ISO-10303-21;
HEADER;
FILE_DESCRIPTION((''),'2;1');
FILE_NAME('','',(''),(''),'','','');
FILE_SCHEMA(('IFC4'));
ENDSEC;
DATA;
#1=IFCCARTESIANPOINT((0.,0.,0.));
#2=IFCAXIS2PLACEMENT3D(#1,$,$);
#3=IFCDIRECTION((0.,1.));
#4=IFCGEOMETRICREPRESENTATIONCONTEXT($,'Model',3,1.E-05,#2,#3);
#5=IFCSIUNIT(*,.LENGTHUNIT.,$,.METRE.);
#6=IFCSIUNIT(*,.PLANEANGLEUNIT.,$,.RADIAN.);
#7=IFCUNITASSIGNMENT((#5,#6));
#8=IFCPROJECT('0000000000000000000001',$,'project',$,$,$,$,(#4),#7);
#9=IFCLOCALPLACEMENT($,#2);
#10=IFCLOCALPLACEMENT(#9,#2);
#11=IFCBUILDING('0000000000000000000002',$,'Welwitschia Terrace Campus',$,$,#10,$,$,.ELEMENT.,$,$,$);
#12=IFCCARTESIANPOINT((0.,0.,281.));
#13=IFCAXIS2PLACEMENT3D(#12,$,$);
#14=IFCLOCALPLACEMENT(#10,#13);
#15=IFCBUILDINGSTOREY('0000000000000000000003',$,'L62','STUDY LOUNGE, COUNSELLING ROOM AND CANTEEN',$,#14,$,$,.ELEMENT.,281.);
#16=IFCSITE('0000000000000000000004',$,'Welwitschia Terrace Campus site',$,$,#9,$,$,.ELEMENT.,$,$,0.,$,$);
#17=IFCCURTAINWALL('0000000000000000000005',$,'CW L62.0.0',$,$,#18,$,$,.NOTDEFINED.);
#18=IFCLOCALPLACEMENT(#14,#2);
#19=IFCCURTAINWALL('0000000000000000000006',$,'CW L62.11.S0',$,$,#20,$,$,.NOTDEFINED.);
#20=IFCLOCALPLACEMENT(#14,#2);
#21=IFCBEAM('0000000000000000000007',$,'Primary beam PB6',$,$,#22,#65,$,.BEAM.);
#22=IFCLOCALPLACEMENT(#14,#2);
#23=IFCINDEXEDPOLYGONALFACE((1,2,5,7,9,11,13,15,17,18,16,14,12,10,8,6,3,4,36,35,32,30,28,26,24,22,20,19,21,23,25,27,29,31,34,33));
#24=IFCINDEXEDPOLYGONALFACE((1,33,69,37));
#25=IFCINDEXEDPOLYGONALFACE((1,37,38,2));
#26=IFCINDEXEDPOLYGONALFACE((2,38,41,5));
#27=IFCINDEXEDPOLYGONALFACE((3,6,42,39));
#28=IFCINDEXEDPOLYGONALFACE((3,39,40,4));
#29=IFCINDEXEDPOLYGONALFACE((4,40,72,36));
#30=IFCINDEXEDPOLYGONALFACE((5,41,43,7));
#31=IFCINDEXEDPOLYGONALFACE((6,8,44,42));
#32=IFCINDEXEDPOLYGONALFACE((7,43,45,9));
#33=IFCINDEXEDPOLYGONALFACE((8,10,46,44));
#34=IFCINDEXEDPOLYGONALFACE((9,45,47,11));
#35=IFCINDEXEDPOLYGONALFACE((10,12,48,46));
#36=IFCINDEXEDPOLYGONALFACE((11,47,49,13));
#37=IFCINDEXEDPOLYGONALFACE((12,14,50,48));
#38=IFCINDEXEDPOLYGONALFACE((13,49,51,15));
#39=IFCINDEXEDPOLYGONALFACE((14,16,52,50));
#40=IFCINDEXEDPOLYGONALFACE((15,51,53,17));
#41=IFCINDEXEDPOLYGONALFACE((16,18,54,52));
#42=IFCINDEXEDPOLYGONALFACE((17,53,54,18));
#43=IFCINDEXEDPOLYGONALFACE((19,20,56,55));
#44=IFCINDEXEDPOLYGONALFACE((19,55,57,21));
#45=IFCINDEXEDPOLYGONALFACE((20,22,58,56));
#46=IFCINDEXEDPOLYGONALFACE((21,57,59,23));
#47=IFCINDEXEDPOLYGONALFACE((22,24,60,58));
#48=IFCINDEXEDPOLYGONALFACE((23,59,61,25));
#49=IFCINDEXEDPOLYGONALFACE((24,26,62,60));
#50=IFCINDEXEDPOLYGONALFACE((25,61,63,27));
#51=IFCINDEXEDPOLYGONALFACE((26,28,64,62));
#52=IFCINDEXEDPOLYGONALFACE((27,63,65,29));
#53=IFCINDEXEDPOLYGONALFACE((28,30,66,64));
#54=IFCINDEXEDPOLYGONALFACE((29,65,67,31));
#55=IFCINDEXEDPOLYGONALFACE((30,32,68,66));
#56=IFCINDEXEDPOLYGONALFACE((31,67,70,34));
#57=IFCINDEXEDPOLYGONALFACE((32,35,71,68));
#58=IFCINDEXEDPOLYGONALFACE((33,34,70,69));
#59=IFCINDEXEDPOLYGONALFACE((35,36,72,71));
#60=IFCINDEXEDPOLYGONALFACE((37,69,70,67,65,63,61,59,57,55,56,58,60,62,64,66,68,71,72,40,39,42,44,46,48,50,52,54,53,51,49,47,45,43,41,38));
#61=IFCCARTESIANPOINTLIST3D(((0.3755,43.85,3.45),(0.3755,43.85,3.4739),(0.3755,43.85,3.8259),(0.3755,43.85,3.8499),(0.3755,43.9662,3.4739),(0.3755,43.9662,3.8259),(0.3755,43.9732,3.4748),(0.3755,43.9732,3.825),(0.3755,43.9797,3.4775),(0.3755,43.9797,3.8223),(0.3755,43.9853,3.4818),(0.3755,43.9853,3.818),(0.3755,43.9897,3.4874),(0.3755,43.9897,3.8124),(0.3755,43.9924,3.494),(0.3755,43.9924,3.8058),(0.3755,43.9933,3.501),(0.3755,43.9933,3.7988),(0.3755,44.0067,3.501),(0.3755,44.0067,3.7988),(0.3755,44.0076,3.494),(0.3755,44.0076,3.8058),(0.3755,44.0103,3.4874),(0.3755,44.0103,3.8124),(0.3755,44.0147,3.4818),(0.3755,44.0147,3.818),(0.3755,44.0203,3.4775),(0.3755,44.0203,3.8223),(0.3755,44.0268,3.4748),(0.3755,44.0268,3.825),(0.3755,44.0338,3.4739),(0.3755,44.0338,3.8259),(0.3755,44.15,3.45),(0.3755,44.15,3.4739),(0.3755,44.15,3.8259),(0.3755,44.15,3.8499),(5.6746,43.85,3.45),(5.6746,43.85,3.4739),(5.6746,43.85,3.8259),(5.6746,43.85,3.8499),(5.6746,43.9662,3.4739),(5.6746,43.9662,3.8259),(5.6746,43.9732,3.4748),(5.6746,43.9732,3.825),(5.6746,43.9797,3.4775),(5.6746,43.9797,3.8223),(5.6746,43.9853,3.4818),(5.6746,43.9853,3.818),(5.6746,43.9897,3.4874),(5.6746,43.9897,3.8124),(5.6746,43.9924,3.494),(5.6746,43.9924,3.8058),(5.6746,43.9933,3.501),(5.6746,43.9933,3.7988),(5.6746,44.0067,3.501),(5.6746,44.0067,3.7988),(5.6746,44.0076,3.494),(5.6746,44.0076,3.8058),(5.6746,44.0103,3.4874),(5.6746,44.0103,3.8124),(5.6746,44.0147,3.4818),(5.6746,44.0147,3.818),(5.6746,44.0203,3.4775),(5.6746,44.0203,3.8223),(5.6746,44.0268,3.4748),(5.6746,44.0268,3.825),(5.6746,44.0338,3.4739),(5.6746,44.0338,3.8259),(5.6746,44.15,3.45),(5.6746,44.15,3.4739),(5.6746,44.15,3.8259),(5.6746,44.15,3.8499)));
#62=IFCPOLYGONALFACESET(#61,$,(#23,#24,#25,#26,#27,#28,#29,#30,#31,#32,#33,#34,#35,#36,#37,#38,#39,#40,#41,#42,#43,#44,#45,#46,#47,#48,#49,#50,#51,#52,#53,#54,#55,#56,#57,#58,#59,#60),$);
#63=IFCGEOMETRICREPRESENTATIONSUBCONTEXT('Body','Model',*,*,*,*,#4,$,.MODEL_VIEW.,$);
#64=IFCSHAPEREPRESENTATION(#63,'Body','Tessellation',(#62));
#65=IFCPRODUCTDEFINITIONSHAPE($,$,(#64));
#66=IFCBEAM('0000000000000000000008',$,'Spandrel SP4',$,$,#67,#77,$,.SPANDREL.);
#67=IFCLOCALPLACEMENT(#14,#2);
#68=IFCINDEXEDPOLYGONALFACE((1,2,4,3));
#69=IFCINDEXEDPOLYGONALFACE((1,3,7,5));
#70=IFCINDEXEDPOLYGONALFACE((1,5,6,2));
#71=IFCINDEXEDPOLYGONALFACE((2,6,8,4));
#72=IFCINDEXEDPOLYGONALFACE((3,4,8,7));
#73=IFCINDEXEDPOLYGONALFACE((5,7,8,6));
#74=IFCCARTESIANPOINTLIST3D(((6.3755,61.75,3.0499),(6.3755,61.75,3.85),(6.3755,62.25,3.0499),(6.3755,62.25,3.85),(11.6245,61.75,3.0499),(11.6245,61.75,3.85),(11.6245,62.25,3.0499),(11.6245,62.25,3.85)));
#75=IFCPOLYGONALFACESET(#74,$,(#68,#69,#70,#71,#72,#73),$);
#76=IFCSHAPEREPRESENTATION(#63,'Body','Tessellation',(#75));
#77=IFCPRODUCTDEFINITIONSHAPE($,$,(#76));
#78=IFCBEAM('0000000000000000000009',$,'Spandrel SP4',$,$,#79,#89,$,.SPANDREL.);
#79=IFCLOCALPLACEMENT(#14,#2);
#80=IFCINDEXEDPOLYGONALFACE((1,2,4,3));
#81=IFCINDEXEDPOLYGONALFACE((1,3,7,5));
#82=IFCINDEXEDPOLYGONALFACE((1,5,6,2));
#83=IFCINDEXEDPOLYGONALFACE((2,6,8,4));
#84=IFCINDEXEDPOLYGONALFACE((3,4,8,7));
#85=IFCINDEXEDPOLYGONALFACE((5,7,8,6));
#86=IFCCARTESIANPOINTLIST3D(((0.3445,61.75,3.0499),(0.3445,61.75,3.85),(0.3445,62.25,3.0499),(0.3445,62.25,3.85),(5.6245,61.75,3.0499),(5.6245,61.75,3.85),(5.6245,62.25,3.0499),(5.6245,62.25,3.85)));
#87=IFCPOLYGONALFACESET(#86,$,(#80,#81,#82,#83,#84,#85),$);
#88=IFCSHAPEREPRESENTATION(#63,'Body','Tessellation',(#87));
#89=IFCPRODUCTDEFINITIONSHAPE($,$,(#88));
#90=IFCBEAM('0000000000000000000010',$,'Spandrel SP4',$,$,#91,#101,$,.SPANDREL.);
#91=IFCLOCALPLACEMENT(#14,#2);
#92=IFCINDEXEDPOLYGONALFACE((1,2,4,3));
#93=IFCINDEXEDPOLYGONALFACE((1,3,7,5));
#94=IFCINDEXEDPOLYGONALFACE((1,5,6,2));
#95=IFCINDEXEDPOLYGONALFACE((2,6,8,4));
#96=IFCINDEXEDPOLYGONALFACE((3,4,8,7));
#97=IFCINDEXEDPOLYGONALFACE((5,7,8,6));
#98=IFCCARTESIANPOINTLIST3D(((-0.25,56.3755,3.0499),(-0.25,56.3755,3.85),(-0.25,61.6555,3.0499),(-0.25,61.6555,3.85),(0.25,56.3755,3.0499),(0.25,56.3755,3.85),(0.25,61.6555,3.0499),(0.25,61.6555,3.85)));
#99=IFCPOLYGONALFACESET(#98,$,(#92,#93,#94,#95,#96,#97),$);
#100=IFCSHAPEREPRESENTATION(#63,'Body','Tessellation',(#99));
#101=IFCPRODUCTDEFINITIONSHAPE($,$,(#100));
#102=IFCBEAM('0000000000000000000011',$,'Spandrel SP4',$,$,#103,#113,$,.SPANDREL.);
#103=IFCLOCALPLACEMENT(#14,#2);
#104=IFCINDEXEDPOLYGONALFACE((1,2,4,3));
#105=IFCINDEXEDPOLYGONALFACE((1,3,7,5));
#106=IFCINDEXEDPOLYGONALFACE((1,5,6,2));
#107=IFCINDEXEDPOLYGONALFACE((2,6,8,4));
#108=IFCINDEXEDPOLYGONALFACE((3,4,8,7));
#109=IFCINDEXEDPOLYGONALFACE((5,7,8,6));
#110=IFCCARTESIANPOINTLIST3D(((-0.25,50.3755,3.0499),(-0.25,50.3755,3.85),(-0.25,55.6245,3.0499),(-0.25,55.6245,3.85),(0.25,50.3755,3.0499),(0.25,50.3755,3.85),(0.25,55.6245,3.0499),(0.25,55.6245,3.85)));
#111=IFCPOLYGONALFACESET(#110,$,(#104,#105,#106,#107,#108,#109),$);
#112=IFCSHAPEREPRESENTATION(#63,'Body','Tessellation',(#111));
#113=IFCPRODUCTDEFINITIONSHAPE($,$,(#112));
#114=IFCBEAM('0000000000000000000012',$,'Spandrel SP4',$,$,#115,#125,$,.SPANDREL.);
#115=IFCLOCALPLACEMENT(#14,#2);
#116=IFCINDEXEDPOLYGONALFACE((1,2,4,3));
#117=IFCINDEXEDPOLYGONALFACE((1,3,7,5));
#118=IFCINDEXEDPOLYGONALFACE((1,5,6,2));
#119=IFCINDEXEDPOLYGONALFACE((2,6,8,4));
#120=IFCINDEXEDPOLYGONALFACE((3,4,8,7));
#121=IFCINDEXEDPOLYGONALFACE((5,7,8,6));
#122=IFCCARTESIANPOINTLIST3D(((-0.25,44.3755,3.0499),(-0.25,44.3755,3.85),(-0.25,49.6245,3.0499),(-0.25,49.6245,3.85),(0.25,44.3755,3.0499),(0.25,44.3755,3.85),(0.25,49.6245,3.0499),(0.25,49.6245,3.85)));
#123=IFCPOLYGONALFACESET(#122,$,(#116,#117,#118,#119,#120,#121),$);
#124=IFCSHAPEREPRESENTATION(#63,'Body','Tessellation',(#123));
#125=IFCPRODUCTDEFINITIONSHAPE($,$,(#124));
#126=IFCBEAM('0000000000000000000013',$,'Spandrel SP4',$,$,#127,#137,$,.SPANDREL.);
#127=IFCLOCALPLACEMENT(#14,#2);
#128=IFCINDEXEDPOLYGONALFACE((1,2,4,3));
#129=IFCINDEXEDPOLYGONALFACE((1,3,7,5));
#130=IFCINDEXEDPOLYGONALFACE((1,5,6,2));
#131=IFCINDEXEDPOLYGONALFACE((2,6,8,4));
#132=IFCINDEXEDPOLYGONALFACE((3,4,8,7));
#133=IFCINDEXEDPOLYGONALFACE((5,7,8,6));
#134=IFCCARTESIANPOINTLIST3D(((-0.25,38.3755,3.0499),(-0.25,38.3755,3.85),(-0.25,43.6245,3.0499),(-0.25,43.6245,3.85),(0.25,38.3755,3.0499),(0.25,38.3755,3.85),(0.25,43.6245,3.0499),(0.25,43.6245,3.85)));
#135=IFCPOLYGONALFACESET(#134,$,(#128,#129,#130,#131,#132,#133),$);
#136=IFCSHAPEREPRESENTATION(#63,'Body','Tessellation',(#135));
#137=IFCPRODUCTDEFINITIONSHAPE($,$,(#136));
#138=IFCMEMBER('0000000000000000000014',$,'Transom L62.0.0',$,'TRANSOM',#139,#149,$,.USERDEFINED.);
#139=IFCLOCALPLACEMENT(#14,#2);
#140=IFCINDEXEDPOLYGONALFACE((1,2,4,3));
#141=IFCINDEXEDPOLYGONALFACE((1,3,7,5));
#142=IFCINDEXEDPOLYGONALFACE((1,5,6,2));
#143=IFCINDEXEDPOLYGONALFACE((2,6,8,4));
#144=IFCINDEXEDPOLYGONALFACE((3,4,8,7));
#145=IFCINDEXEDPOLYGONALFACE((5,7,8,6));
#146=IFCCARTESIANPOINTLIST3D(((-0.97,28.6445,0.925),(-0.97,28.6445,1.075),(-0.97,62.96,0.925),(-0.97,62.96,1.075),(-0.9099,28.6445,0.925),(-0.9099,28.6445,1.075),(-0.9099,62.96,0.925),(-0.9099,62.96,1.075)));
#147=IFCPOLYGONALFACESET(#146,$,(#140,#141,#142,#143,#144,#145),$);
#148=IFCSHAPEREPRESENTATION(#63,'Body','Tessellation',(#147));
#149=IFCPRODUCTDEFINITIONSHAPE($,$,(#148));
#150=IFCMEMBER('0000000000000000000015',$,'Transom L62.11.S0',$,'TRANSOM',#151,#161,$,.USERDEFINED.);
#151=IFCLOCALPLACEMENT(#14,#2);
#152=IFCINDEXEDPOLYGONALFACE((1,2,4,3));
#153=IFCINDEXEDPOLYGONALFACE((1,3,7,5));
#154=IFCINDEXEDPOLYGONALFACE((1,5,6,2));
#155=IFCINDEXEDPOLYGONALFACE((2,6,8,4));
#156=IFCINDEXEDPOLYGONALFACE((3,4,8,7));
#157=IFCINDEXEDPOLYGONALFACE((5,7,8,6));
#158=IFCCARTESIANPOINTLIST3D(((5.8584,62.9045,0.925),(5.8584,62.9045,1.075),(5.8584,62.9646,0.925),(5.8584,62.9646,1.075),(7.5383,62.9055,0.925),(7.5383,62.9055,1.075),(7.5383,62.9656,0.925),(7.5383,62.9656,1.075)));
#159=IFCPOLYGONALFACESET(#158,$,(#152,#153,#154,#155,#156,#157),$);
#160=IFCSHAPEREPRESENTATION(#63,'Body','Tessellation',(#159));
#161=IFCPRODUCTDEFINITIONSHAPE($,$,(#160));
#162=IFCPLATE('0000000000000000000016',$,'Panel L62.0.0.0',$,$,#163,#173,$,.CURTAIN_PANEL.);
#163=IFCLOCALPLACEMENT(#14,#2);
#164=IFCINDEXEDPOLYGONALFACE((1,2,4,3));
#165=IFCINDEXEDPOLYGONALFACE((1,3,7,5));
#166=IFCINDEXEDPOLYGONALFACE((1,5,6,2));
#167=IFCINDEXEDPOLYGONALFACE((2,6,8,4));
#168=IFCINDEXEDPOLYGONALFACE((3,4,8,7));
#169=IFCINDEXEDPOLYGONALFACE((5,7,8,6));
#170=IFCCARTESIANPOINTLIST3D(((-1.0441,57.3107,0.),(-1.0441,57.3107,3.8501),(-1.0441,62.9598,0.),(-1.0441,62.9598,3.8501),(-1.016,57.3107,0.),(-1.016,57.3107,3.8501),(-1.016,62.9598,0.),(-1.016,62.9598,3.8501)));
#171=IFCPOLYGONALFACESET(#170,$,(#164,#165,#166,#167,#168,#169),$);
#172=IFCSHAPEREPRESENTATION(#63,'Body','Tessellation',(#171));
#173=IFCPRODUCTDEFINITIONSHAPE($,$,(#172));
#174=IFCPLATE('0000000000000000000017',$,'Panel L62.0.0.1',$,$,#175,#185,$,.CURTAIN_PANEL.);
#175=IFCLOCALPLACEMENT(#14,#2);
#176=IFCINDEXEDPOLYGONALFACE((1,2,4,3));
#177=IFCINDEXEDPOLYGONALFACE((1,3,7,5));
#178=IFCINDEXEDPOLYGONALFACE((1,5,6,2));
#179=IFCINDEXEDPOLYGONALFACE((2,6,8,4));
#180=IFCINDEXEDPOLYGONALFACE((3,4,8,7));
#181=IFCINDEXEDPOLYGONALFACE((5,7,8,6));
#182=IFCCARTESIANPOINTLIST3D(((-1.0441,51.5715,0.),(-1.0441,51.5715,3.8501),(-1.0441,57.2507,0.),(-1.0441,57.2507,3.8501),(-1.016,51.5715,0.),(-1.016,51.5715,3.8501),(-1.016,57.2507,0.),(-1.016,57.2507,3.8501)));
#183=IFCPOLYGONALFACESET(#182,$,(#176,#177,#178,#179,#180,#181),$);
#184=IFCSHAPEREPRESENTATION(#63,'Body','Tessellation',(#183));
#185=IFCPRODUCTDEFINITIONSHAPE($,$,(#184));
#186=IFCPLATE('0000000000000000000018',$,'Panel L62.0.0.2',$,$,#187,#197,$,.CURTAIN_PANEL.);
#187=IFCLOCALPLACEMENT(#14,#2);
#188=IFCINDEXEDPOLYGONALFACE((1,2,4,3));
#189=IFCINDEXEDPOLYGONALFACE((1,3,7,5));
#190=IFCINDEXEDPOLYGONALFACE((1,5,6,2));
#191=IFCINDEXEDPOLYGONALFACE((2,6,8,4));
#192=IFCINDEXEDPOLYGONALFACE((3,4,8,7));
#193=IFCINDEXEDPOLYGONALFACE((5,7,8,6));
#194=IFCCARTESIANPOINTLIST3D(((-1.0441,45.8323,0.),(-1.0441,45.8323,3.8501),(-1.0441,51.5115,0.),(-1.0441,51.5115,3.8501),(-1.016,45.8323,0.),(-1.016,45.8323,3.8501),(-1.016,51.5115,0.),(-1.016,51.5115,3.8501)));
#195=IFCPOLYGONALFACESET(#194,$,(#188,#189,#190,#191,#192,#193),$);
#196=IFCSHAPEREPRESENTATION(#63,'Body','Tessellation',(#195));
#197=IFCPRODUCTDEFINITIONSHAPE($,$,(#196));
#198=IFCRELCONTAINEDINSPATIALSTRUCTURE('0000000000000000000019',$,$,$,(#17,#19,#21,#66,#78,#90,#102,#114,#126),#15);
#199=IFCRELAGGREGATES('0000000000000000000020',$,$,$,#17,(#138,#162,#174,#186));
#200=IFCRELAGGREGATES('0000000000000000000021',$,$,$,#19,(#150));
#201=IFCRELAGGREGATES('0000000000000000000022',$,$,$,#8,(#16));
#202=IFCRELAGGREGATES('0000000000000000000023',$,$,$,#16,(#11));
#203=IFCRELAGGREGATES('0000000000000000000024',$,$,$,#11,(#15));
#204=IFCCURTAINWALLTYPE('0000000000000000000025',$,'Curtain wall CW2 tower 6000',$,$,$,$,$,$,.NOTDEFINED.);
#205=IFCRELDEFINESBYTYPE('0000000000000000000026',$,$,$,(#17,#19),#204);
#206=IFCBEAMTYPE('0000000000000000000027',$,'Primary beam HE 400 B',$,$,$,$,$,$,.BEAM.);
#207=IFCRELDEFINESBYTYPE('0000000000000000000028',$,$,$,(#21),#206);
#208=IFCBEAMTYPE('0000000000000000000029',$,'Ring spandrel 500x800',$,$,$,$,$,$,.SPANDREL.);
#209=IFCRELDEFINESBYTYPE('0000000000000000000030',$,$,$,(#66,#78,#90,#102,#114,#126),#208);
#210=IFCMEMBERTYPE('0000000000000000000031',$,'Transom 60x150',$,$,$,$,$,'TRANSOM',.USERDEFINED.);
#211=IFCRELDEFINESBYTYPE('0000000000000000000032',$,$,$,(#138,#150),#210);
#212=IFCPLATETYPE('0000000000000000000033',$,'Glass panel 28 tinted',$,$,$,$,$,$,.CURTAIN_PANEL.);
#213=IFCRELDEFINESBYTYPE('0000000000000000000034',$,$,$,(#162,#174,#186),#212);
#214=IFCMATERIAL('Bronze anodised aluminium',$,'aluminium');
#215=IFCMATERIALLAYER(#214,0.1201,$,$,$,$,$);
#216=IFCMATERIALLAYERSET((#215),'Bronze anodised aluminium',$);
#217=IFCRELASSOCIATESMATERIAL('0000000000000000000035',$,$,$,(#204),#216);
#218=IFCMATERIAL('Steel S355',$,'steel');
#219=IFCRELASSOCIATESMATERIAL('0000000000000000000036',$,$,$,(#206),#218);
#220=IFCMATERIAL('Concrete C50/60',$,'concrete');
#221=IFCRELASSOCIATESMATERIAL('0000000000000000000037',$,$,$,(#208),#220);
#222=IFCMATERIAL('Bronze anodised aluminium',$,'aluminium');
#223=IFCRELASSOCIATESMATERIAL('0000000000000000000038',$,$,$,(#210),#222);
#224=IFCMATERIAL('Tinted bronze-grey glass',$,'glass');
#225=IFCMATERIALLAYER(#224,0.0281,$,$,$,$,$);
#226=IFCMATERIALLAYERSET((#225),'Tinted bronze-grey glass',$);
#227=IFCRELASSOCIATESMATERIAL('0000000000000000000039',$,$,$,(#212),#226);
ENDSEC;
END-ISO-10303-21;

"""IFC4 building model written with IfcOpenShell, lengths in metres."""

from ifc_helpers import new_model, si_unit, direction, frame, origin, origin_2d, place, context, subcontext, project, spatial, rectangle, i_section, extrude, material, layer, layer_set, material_profile, profile_set, type_object, element, aggregate, save


model = new_model("IFC4")

# Units and contexts
model_context = context("Model", 3, precision=1e-05, world=origin(), true_north=direction((0.0, 1.0)))
body_context = subcontext(model_context, "Body", "Model", "MODEL_VIEW")
ifc_project = project(units=[si_unit("LENGTHUNIT", "METRE"), si_unit("PLANEANGLEUNIT", "RADIAN")], contexts=[model_context])

# Site, building, storey
site_placement = place(None, origin())
site = spatial("IfcSite", under=ifc_project, at=site_placement, Name="Welwitschia Terrace Campus site", CompositionType="ELEMENT", RefElevation=0.0)
building_placement = place(site_placement, origin())
building = spatial("IfcBuilding", under=site, at=building_placement, Name="Welwitschia Terrace Campus", CompositionType="ELEMENT")
storey_placement = place(building_placement, frame((0.0, 0.0, 281.0)))
storey = spatial("IfcBuildingStorey", under=building, at=storey_placement, Name="L62", Description="STUDY LOUNGE, COUNSELLING ROOM AND CANTEEN", CompositionType="ELEMENT", Elevation=281.0)

# Curtain walls
ifc_material_1 = material(Name="Bronze anodised aluminium", Category="aluminium")
ifc_layer_1 = layer(ifc_material_1, 0.1201)
ifc_layer_set_1 = layer_set([ifc_layer_1], Name="Bronze anodised aluminium")
curtain_wall_type = type_object("IfcCurtainWallType", Name="Curtain wall CW2 tower 6000", PredefinedType="NOTDEFINED", material=ifc_layer_set_1)
curtain_wall_1_placement = place(storey_placement, origin())
curtain_wall_1 = element("IfcCurtainWall", 1, at=curtain_wall_1_placement, inside=storey, type_object=curtain_wall_type, Name="CW L62.0.0", PredefinedType="NOTDEFINED")
curtain_wall_2_placement = place(storey_placement, origin())
curtain_wall_2 = element("IfcCurtainWall", 2, at=curtain_wall_2_placement, inside=storey, type_object=curtain_wall_type, Name="CW L62.11.S0", PredefinedType="NOTDEFINED")

# Beams
ifc_material_2 = material(Name="Steel S355", Category="steel")
ifc_material_profile_1 = material_profile(ifc_material_2, i_section(OverallWidth=0.3, OverallDepth=0.3999, WebThickness=0.0134, FlangeThickness=0.0239, FilletRadius=0.0271, at=origin_2d()))
ifc_profile_set_1 = profile_set([ifc_material_profile_1], Name="Steel S355")
beam_type_1 = type_object("IfcBeamType", Name="Primary beam HE 400 B", PredefinedType="BEAM", material=ifc_profile_set_1)
for number, where, z_axis, x_axis, name in (
    (3, (0.3755, 44.0, 3.6499), (1.0, 0.0, 0.0), (0.0, 1.0, 0.0), "Primary beam PB6"),
):
    element("IfcBeam", number, at=place(storey_placement, frame(where, z_axis=z_axis, x_axis=x_axis)), inside=storey, type_object=beam_type_1, Name=name, PredefinedType="BEAM", context=body_context, shape_type="SweptSolid", body=[
        extrude(i_section(OverallWidth=0.3, OverallDepth=0.3999, WebThickness=0.0134, FlangeThickness=0.0239, FilletRadius=0.0271, at=origin_2d()), origin(), (0.0, 0.0, 1.0), 5.2991),
    ])
ifc_material_3 = material(Name="Concrete C50/60", Category="concrete")
ifc_material_profile_2 = material_profile(ifc_material_3, rectangle(XDim=0.5, YDim=0.8, at=origin_2d()))
ifc_profile_set_2 = profile_set([ifc_material_profile_2], Name="Concrete C50/60")
beam_type_2 = type_object("IfcBeamType", Name="Ring spandrel 500x800", PredefinedType="SPANDREL", material=ifc_profile_set_2)
beam_1_placement = place(storey_placement, frame((11.6245, 62.0, 3.45), z_axis=(-1.0, 0.0, 0.0), x_axis=(0.0, -1.0, 0.0)))
element("IfcBeam", 4, at=beam_1_placement, inside=storey, type_object=beam_type_2, Name="Spandrel SP4", PredefinedType="SPANDREL", context=body_context, shape_type="SweptSolid", body=[
    extrude(rectangle(XDim=0.5, YDim=0.8, at=origin_2d()), origin(), (0.0, 0.0, 1.0), 5.249),
])
for number, where, z_axis, x_axis, name in (
    (5, (5.6245, 62.0, 3.45), (-1.0, 0.0, 0.0), (0.0, -1.0, 0.0), "Spandrel SP4"),
    (6, (0.0, 61.6555, 3.45), (0.0, -1.0, 0.0), (1.0, 0.0, 0.0), "Spandrel SP4"),
):
    element("IfcBeam", number, at=place(storey_placement, frame(where, z_axis=z_axis, x_axis=x_axis)), inside=storey, type_object=beam_type_2, Name=name, PredefinedType="SPANDREL", context=body_context, shape_type="SweptSolid", body=[
        extrude(rectangle(XDim=0.5, YDim=0.8, at=origin_2d()), origin(), (0.0, 0.0, 1.0), 5.28),
    ])
for number, where, z_axis, x_axis, name in (
    (7, (0.0, 55.6245, 3.45), (0.0, -1.0, 0.0), (1.0, 0.0, 0.0), "Spandrel SP4"),
    (8, (0.0, 49.6245, 3.45), (0.0, -1.0, 0.0), (1.0, 0.0, 0.0), "Spandrel SP4"),
    (9, (0.0, 43.6245, 3.45), (0.0, -1.0, 0.0), (1.0, 0.0, 0.0), "Spandrel SP4"),
):
    element("IfcBeam", number, at=place(storey_placement, frame(where, z_axis=z_axis, x_axis=x_axis)), inside=storey, type_object=beam_type_2, Name=name, PredefinedType="SPANDREL", context=body_context, shape_type="SweptSolid", body=[
        extrude(rectangle(XDim=0.5, YDim=0.8, at=origin_2d()), origin(), (0.0, 0.0, 1.0), 5.249),
    ])

# Members
ifc_material_4 = material(Name="Bronze anodised aluminium", Category="aluminium")
ifc_material_profile_3 = material_profile(ifc_material_4, rectangle(XDim=0.0601, YDim=0.1499, at=origin_2d()))
ifc_profile_set_3 = profile_set([ifc_material_profile_3], Name="Bronze anodised aluminium")
member_type_1 = type_object("IfcMemberType", Name="Transom 60x150", ElementType="TRANSOM", PredefinedType="USERDEFINED", material=ifc_profile_set_3)
member_1_placement = place(storey_placement, frame((-0.9399, 62.96, 1.0), z_axis=(0.0, -1.0, 0.0), x_axis=(1.0, 0.0, 0.0)))
member_1 = element("IfcMember", 10, at=member_1_placement, type_object=member_type_1, Name="Transom L62.0.0", ObjectType="TRANSOM", PredefinedType="USERDEFINED", context=body_context, shape_type="SweptSolid", body=[
    extrude(rectangle(XDim=0.0601, YDim=0.1499, at=origin_2d()), origin(), (0.0, 0.0, 1.0), 34.3154),
])
member_2_placement = place(storey_placement, frame((7.5383, 62.9355, 1.0), z_axis=(-1.0, -0.000581, 0.0), x_axis=(0.000581, -1.0, 0.0)))
member_2 = element("IfcMember", 11, at=member_2_placement, type_object=member_type_1, Name="Transom L62.11.S0", ObjectType="TRANSOM", PredefinedType="USERDEFINED", context=body_context, shape_type="SweptSolid", body=[
    extrude(rectangle(XDim=0.0601, YDim=0.1499, at=origin_2d()), origin(), (0.0, 0.0, 1.0), 1.6799),
])

# Plates
ifc_material_5 = material(Name="Tinted bronze-grey glass", Category="glass")
ifc_layer_2 = layer(ifc_material_5, 0.0281)
ifc_layer_set_2 = layer_set([ifc_layer_2], Name="Tinted bronze-grey glass")
plate_type = type_object("IfcPlateType", Name="Glass panel 28 tinted", PredefinedType="CURTAIN_PANEL", material=ifc_layer_set_2)
plate_1_placement = place(storey_placement, frame((-1.03, 60.1353, 0.0), z_axis=(0.0, 0.0, 1.0), x_axis=(0.0, -1.0, 0.0)))
plate_1 = element("IfcPlate", 12, at=plate_1_placement, type_object=plate_type, Name="Panel L62.0.0.0", PredefinedType="CURTAIN_PANEL", context=body_context, shape_type="SweptSolid", body=[
    extrude(rectangle(XDim=5.6492, YDim=0.0281, at=origin_2d()), origin(), (0.0, 0.0, 1.0), 3.8501),
])
plate_2_placement = place(storey_placement, frame((-1.03, 54.4111, 0.0), z_axis=(0.0, 0.0, 1.0), x_axis=(0.0, -1.0, 0.0)))
plate_2 = element("IfcPlate", 13, at=plate_2_placement, type_object=plate_type, Name="Panel L62.0.0.1", PredefinedType="CURTAIN_PANEL", context=body_context, shape_type="SweptSolid", body=[
    extrude(rectangle(XDim=5.6792, YDim=0.0281, at=origin_2d()), origin(), (0.0, 0.0, 1.0), 3.8501),
])
plate_3_placement = place(storey_placement, frame((-1.03, 48.6719, 0.0), z_axis=(0.0, 0.0, 1.0), x_axis=(0.0, -1.0, 0.0)))
plate_3 = element("IfcPlate", 14, at=plate_3_placement, type_object=plate_type, Name="Panel L62.0.0.2", PredefinedType="CURTAIN_PANEL", context=body_context, shape_type="SweptSolid", body=[
    extrude(rectangle(XDim=5.6792, YDim=0.0281, at=origin_2d()), origin(), (0.0, 0.0, 1.0), 3.8501),
])
aggregate(curtain_wall_1, [member_1, plate_1, plate_2, plate_3])
aggregate(curtain_wall_2, [member_2])

save(model, "model.ifc")
